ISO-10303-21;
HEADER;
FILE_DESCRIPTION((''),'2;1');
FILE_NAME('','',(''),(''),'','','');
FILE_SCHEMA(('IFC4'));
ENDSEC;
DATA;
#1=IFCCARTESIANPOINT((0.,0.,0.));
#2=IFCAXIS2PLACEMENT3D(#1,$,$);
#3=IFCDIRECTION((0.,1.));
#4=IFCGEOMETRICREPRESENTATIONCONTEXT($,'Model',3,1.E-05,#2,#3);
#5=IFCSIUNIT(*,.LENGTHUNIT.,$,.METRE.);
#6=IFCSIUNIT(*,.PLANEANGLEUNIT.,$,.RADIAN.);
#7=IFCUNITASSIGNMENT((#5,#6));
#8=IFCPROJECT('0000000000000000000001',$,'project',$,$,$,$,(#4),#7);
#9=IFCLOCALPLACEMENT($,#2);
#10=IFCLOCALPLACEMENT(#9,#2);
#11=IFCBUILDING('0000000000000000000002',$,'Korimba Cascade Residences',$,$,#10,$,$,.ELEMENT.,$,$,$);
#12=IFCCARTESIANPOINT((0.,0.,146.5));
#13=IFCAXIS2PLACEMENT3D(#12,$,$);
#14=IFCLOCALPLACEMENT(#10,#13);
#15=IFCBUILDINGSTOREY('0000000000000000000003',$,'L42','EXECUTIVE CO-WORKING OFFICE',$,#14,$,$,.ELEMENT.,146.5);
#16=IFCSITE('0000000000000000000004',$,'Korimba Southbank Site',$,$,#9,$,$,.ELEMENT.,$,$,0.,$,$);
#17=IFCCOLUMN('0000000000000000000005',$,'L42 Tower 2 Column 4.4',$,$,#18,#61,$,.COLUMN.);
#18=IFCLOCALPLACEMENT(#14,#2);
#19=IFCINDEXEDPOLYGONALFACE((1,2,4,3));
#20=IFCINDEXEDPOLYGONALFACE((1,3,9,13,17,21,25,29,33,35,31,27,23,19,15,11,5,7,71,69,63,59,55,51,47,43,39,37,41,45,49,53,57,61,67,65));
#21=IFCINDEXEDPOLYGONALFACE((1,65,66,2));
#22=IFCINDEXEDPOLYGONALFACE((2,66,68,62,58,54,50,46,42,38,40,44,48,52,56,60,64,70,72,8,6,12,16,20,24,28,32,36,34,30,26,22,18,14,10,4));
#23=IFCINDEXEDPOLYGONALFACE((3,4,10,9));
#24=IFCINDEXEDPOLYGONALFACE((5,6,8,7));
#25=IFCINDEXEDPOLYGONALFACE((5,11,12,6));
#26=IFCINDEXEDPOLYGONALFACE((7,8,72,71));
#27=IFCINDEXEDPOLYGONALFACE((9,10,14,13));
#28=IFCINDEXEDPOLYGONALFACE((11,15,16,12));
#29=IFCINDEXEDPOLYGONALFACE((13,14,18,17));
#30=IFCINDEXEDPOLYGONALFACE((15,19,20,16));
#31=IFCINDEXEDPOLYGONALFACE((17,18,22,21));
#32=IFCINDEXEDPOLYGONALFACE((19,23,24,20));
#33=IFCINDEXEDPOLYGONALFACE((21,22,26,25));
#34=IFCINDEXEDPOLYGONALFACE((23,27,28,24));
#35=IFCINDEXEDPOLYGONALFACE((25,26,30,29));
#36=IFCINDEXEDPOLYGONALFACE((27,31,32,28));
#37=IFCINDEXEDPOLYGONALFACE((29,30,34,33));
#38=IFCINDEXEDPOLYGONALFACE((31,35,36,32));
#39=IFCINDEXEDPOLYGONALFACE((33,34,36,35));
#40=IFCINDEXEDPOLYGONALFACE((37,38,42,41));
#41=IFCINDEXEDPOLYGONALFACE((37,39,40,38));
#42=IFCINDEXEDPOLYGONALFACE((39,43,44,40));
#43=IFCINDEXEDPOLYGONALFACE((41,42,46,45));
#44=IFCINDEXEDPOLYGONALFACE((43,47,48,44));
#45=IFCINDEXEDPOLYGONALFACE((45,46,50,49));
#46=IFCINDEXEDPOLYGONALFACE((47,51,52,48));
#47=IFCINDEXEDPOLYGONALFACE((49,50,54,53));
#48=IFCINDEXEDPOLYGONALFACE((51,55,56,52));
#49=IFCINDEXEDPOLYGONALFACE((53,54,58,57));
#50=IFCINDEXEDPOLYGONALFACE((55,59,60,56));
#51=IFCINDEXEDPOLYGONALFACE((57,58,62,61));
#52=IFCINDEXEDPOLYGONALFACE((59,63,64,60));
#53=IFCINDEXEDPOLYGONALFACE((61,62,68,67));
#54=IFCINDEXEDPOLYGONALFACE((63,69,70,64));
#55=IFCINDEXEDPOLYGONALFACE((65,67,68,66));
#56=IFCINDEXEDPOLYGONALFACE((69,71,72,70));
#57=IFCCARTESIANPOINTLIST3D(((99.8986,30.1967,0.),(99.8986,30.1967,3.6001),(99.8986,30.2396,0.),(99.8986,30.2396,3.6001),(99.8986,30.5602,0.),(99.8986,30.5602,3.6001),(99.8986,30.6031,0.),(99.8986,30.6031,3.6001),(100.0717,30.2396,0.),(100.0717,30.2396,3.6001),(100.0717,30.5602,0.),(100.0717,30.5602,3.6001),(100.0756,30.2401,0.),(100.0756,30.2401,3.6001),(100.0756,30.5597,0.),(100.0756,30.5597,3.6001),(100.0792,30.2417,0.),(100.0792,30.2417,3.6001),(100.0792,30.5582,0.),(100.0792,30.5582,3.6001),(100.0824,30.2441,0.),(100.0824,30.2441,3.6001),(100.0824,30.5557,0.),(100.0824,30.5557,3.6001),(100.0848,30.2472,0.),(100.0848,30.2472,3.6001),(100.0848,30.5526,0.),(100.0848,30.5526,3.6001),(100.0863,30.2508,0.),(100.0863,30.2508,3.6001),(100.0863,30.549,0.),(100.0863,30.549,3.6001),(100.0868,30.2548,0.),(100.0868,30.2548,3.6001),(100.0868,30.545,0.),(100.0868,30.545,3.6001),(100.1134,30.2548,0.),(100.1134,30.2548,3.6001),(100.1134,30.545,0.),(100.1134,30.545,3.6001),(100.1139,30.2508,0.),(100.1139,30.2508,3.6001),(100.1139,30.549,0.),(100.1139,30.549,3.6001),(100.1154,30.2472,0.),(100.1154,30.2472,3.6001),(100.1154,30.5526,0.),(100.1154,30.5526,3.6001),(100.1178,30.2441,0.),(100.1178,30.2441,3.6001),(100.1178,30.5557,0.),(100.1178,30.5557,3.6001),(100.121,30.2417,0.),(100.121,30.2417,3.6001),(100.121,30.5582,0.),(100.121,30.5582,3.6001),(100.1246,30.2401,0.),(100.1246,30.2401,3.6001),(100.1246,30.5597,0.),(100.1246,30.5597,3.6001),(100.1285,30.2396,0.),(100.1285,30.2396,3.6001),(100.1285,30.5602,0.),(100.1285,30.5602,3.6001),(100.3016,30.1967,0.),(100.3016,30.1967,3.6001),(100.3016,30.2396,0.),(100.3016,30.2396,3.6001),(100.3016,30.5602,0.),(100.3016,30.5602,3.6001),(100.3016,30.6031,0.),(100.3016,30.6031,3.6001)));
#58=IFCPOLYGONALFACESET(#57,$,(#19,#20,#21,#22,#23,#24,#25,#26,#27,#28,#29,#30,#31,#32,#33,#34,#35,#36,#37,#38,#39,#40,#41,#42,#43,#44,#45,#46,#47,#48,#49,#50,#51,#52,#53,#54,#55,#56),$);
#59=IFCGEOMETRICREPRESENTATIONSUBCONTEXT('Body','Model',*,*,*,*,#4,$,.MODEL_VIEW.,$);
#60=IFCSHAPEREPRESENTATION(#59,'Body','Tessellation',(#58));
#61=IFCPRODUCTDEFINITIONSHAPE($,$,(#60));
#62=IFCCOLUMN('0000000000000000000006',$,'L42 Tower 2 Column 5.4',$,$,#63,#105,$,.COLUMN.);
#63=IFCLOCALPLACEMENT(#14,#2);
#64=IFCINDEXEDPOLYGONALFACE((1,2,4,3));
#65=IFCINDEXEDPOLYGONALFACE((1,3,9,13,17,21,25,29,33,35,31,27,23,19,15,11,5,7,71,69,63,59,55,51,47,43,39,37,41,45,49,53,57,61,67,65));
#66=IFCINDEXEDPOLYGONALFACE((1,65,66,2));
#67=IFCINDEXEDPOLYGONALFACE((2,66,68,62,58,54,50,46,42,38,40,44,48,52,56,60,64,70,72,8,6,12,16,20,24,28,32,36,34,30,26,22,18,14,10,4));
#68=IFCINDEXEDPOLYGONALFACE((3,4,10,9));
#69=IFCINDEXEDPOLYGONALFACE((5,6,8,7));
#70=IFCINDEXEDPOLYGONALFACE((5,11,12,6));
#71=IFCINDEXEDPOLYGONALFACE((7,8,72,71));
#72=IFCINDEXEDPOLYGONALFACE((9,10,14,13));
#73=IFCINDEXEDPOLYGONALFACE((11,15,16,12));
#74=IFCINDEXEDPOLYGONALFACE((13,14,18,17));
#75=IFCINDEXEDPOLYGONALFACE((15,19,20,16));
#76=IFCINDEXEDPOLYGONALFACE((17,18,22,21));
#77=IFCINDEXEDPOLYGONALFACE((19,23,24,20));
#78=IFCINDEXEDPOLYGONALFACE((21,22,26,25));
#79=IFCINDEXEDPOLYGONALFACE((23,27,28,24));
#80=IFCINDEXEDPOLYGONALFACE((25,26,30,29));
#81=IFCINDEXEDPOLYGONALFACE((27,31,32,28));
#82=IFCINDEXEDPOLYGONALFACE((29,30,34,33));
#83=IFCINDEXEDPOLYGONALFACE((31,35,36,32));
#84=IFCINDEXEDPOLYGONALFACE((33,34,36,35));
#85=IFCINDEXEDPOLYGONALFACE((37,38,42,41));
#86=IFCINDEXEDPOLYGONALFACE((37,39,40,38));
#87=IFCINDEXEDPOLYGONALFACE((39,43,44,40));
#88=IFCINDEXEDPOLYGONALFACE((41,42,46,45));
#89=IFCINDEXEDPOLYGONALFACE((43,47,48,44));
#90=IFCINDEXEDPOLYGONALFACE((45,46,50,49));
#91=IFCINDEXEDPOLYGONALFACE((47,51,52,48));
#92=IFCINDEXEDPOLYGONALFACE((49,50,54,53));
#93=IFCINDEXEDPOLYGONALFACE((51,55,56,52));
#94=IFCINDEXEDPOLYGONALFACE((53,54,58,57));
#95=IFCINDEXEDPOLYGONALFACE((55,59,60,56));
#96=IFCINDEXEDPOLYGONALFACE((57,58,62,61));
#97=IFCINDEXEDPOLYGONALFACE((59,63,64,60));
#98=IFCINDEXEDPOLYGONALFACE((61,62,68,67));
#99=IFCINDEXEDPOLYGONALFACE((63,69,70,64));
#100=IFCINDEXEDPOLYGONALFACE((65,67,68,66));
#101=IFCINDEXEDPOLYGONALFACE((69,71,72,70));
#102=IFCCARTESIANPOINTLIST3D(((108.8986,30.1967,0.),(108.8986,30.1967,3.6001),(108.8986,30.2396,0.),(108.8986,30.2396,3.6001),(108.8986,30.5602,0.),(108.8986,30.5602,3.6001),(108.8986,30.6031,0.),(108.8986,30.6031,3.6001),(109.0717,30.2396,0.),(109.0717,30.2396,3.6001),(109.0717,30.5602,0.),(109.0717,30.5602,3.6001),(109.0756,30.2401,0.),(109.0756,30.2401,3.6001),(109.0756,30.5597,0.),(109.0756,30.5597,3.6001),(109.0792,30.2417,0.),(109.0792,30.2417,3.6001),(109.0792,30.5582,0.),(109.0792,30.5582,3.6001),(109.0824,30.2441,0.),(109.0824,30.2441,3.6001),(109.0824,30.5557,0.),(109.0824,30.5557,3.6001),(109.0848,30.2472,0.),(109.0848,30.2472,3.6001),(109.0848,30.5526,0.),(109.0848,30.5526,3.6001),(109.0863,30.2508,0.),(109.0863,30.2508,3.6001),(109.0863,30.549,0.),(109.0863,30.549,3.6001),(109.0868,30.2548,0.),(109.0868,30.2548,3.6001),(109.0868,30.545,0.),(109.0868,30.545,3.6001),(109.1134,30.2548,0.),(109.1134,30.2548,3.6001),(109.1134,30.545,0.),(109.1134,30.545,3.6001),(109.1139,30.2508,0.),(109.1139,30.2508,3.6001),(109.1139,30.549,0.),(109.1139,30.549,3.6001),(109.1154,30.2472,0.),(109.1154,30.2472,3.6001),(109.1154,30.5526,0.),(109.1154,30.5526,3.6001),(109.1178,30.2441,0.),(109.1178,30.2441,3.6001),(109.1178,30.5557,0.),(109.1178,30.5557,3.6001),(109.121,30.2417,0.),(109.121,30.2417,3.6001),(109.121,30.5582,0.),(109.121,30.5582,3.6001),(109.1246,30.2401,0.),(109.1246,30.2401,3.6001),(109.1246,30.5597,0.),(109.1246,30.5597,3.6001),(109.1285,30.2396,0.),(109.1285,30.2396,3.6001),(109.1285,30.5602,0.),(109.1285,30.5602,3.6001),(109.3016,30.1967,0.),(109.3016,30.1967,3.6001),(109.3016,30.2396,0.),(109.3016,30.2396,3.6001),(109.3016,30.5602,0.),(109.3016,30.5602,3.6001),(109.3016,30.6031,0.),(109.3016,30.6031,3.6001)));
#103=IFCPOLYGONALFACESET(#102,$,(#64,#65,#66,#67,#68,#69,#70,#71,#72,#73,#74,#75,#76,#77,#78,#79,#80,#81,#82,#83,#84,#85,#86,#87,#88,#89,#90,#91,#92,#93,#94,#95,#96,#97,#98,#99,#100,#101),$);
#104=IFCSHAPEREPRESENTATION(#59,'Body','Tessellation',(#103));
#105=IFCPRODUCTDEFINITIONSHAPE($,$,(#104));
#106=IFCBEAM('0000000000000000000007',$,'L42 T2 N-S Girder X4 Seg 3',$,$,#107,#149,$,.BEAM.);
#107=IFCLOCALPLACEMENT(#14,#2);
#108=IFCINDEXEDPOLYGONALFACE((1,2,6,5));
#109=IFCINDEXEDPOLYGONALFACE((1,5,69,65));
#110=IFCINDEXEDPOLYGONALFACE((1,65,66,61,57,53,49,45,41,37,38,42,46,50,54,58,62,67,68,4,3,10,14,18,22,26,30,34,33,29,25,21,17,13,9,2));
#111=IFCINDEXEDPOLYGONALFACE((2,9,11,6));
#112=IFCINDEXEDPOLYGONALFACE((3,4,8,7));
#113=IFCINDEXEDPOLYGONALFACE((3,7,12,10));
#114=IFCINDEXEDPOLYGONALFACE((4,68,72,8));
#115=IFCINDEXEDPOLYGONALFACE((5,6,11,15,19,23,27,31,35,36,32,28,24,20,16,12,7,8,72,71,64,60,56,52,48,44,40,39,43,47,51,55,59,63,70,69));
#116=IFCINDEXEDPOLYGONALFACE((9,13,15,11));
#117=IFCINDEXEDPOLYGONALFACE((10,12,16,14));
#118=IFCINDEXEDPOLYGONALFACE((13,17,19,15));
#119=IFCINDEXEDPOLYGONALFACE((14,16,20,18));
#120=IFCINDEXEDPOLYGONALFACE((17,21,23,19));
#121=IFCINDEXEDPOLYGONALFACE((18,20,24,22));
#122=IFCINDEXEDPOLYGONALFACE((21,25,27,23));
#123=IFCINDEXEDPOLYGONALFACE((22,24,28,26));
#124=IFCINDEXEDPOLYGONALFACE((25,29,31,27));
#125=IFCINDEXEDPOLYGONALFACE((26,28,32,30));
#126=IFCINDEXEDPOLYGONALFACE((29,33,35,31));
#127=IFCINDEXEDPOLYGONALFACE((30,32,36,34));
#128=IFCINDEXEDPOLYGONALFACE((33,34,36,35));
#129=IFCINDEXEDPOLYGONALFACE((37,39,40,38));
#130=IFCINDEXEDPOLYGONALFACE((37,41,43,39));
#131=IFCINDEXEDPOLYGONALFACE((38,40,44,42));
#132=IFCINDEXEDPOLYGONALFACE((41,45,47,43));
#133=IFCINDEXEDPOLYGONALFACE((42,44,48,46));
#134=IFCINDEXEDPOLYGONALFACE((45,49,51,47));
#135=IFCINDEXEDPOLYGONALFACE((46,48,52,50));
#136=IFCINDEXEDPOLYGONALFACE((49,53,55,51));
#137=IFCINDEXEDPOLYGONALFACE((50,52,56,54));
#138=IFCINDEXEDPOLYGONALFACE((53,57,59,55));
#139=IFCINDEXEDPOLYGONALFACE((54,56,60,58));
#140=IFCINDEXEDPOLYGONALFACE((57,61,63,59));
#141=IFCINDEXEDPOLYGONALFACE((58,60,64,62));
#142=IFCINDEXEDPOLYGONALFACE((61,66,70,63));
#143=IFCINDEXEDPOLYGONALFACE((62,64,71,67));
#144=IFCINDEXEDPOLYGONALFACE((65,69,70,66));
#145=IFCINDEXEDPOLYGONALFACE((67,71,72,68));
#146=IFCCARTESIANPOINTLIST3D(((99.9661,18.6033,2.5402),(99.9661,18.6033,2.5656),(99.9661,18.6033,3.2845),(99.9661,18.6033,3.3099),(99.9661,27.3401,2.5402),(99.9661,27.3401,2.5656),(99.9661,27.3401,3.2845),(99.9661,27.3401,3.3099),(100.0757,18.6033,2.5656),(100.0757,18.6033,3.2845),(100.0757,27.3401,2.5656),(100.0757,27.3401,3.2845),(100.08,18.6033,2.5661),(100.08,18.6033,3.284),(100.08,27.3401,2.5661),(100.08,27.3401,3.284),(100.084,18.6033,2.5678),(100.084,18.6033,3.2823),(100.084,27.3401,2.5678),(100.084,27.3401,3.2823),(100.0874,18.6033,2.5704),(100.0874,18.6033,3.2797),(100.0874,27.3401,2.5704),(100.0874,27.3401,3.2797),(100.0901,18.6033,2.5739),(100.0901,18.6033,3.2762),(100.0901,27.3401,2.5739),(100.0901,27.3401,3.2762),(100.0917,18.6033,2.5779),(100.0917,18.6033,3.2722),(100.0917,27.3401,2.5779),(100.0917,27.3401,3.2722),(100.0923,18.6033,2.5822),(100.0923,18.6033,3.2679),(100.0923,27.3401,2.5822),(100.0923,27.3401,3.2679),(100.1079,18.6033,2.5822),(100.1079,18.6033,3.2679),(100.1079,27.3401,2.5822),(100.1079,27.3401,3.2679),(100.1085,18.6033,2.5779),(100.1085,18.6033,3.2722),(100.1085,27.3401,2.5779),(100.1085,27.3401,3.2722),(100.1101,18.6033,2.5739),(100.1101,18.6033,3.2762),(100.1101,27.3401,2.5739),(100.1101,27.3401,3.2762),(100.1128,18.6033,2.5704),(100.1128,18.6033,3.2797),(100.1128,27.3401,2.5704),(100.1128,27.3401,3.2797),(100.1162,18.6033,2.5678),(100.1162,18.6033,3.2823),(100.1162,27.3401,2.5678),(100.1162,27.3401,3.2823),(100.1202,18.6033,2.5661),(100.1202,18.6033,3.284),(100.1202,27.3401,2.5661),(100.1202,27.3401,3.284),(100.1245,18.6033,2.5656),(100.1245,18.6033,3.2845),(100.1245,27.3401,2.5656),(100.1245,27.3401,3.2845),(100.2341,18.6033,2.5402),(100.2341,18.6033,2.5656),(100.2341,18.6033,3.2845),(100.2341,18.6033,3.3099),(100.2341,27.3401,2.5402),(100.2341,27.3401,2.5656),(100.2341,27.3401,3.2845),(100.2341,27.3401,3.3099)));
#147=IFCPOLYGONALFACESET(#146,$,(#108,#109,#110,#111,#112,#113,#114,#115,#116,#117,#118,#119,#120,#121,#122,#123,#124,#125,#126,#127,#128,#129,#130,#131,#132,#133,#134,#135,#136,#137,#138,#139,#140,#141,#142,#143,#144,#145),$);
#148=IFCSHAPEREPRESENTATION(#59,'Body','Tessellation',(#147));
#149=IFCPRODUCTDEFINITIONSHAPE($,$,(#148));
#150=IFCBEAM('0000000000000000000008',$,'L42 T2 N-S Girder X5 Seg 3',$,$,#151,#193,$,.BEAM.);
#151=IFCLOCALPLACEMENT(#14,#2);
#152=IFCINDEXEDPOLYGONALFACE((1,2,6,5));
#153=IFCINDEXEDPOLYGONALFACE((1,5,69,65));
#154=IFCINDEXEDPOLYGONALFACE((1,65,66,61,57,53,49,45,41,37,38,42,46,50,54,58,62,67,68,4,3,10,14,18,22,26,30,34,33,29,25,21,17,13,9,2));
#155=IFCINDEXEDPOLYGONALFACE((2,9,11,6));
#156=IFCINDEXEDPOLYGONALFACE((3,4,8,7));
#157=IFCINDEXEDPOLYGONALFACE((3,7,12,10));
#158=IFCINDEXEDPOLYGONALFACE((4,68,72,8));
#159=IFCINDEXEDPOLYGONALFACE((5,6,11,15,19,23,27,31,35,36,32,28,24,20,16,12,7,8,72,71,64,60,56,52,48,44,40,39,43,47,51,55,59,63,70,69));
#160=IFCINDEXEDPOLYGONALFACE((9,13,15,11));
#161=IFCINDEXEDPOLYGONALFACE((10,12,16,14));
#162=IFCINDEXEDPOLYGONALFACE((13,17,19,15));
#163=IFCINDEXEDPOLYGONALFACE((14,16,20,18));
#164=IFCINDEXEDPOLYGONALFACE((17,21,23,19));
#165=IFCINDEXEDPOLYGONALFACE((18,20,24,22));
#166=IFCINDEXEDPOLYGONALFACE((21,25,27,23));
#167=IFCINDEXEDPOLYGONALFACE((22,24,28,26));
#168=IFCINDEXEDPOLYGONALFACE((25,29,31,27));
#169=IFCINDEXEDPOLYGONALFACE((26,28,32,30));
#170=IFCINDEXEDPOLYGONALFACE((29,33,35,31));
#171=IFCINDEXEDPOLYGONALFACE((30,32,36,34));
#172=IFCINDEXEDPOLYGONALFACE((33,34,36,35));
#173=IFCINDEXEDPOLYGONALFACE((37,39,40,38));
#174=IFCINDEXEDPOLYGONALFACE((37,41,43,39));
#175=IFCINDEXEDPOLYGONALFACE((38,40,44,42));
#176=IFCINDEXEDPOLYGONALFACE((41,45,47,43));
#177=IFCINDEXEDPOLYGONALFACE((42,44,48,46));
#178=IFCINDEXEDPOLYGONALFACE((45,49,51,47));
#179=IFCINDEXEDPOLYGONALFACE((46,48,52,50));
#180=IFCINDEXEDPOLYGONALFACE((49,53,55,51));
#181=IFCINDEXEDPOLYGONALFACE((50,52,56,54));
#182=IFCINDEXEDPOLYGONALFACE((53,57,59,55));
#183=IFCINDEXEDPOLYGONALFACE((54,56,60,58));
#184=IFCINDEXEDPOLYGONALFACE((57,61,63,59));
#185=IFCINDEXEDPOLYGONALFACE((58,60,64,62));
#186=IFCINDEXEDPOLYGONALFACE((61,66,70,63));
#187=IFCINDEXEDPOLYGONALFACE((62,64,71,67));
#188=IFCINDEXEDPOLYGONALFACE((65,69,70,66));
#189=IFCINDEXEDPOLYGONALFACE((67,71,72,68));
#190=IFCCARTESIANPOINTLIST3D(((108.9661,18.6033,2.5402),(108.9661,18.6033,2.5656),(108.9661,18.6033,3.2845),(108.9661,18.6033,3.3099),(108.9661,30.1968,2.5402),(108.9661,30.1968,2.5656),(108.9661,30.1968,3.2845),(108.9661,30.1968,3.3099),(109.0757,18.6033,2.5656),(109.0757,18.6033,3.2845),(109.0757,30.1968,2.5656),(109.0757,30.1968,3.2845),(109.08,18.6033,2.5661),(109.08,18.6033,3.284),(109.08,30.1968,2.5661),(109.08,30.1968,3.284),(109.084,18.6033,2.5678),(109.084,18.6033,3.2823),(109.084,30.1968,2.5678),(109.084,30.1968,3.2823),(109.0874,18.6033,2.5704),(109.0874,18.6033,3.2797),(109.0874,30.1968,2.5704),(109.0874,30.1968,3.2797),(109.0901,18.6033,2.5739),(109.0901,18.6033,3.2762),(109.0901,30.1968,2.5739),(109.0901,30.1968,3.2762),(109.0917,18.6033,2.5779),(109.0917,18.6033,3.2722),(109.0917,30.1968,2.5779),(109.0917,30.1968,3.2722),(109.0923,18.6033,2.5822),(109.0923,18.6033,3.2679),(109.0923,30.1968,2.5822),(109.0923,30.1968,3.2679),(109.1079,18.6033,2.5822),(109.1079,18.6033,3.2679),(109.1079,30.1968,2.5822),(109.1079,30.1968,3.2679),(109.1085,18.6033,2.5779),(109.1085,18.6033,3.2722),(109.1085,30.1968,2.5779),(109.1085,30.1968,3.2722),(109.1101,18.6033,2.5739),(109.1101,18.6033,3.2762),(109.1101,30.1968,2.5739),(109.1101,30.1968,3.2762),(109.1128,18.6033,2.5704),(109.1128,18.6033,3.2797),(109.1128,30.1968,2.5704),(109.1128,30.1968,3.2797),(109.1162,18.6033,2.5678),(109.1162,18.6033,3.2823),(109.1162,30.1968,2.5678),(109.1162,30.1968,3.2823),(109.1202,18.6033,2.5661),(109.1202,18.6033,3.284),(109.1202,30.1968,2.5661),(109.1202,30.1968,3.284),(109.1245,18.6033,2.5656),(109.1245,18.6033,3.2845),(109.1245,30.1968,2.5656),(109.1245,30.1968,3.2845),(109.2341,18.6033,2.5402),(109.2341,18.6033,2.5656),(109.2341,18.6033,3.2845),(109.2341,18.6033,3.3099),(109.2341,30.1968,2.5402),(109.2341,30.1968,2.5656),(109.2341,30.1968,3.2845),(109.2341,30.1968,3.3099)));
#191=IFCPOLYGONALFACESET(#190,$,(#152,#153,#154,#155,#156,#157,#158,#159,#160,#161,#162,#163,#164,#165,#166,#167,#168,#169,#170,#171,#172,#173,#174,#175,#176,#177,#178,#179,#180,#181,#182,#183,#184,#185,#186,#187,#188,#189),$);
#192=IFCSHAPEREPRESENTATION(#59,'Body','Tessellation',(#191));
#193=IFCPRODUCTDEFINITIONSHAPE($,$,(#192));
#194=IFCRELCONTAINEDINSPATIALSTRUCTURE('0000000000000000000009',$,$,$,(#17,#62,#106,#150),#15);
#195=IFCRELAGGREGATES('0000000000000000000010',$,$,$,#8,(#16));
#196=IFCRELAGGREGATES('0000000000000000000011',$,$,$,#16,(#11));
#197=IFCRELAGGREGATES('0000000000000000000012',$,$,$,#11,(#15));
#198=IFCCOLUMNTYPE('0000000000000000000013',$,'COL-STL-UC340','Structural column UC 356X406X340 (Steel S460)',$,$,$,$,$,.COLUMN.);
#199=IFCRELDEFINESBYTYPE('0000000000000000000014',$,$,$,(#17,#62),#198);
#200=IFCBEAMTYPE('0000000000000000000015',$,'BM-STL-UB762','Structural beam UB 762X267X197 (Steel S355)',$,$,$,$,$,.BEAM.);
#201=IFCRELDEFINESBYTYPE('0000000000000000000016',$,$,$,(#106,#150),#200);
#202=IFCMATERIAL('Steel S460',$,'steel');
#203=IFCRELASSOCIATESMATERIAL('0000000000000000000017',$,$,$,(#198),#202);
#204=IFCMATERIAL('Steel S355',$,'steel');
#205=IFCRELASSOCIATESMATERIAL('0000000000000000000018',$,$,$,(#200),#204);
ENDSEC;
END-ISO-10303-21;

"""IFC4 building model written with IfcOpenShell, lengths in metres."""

from ifc_helpers import new_model, si_unit, direction, frame, origin, origin_2d, place, context, subcontext, project, spatial, i_section, extrude, material, material_profile, profile_set, type_object, element, save


model = new_model("IFC4")

# Units and contexts
model_context = context("Model", 3, precision=1e-05, world=origin(), true_north=direction((0.0, 1.0)))
body_context = subcontext(model_context, "Body", "Model", "MODEL_VIEW")
ifc_project = project(units=[si_unit("LENGTHUNIT", "METRE"), si_unit("PLANEANGLEUNIT", "RADIAN")], contexts=[model_context])

# Site, building, storey
site_placement = place(None, origin())
site = spatial("IfcSite", under=ifc_project, at=site_placement, Name="Korimba Southbank Site", CompositionType="ELEMENT", RefElevation=0.0)
building_placement = place(site_placement, origin())
building = spatial("IfcBuilding", under=site, at=building_placement, Name="Korimba Cascade Residences", CompositionType="ELEMENT")
storey_placement = place(building_placement, frame((0.0, 0.0, 146.5)))
storey = spatial("IfcBuildingStorey", under=building, at=storey_placement, Name="L42", Description="EXECUTIVE CO-WORKING OFFICE", CompositionType="ELEMENT", Elevation=146.5)

# Columns
ifc_material_1 = material(Name="Steel S460", Category="steel")
ifc_material_profile_1 = material_profile(ifc_material_1, i_section(OverallWidth=0.4031, OverallDepth=0.4065, WebThickness=0.0266, FlangeThickness=0.043, FilletRadius=0.0151, at=origin_2d()), Name="Steel S460")
ifc_profile_set_1 = profile_set([ifc_material_profile_1], Name="Steel S460")
column_type = type_object("IfcColumnType", Name="COL-STL-UC340", Description="Structural column UC 356X406X340 (Steel S460)", PredefinedType="COLUMN", material=ifc_profile_set_1)
for number, where, z_axis, x_axis, name in (
    (1, (100.1001, 30.3999, 0.0), (0.0, 0.0, 1.0), (1.0, 0.0, 0.0), "L42 Tower 2 Column 4.4"),
    (2, (109.1001, 30.3999, 0.0), (0.0, 0.0, 1.0), (1.0, 0.0, 0.0), "L42 Tower 2 Column 5.4"),
):
    element("IfcColumn", number, at=place(storey_placement, frame(where, z_axis=z_axis, x_axis=x_axis)), inside=storey, type_object=column_type, Name=name, PredefinedType="COLUMN", context=body_context, shape_type="SweptSolid", body=[
        extrude(i_section(OverallWidth=0.4031, OverallDepth=0.4065, WebThickness=0.0266, FlangeThickness=0.043, FilletRadius=0.0151, at=origin_2d()), origin(), (0.0, 0.0, 1.0), 3.6001),
    ])

# Beams
ifc_material_2 = material(Name="Steel S355", Category="steel")
ifc_material_profile_2 = material_profile(ifc_material_2, i_section(OverallWidth=0.2681, OverallDepth=0.7698, WebThickness=0.0156, FlangeThickness=0.0254, FilletRadius=0.0166, at=origin_2d()), Name="Steel S355")
ifc_profile_set_2 = profile_set([ifc_material_profile_2], Name="Steel S355")
beam_type_1 = type_object("IfcBeamType", Name="BM-STL-UB762", Description="Structural beam UB 762X267X197 (Steel S355)", PredefinedType="BEAM", material=ifc_profile_set_2)
beam_1_placement = place(storey_placement, frame((100.1001, 18.6033, 2.925), z_axis=(0.0, 1.0, 0.0), x_axis=(-1.0, 0.0, 0.0)))
element("IfcBeam", 3, at=beam_1_placement, inside=storey, type_object=beam_type_1, Name="L42 T2 N-S Girder X4 Seg 3", PredefinedType="BEAM", context=body_context, shape_type="SweptSolid", body=[
    extrude(i_section(OverallWidth=0.2681, OverallDepth=0.7698, WebThickness=0.0156, FlangeThickness=0.0254, FilletRadius=0.0166, at=origin_2d()), origin(), (0.0, 0.0, 1.0), 8.7368),
])
beam_2_placement = place(storey_placement, frame((109.1001, 18.6033, 2.925), z_axis=(0.0, 1.0, 0.0), x_axis=(-1.0, 0.0, 0.0)))
element("IfcBeam", 4, at=beam_2_placement, inside=storey, type_object=beam_type_1, Name="L42 T2 N-S Girder X5 Seg 3", PredefinedType="BEAM", context=body_context, shape_type="SweptSolid", body=[
    extrude(i_section(OverallWidth=0.2681, OverallDepth=0.7698, WebThickness=0.0156, FlangeThickness=0.0254, FilletRadius=0.0166, at=origin_2d()), origin(), (0.0, 0.0, 1.0), 11.5935),
])

save(model, "model.ifc")
